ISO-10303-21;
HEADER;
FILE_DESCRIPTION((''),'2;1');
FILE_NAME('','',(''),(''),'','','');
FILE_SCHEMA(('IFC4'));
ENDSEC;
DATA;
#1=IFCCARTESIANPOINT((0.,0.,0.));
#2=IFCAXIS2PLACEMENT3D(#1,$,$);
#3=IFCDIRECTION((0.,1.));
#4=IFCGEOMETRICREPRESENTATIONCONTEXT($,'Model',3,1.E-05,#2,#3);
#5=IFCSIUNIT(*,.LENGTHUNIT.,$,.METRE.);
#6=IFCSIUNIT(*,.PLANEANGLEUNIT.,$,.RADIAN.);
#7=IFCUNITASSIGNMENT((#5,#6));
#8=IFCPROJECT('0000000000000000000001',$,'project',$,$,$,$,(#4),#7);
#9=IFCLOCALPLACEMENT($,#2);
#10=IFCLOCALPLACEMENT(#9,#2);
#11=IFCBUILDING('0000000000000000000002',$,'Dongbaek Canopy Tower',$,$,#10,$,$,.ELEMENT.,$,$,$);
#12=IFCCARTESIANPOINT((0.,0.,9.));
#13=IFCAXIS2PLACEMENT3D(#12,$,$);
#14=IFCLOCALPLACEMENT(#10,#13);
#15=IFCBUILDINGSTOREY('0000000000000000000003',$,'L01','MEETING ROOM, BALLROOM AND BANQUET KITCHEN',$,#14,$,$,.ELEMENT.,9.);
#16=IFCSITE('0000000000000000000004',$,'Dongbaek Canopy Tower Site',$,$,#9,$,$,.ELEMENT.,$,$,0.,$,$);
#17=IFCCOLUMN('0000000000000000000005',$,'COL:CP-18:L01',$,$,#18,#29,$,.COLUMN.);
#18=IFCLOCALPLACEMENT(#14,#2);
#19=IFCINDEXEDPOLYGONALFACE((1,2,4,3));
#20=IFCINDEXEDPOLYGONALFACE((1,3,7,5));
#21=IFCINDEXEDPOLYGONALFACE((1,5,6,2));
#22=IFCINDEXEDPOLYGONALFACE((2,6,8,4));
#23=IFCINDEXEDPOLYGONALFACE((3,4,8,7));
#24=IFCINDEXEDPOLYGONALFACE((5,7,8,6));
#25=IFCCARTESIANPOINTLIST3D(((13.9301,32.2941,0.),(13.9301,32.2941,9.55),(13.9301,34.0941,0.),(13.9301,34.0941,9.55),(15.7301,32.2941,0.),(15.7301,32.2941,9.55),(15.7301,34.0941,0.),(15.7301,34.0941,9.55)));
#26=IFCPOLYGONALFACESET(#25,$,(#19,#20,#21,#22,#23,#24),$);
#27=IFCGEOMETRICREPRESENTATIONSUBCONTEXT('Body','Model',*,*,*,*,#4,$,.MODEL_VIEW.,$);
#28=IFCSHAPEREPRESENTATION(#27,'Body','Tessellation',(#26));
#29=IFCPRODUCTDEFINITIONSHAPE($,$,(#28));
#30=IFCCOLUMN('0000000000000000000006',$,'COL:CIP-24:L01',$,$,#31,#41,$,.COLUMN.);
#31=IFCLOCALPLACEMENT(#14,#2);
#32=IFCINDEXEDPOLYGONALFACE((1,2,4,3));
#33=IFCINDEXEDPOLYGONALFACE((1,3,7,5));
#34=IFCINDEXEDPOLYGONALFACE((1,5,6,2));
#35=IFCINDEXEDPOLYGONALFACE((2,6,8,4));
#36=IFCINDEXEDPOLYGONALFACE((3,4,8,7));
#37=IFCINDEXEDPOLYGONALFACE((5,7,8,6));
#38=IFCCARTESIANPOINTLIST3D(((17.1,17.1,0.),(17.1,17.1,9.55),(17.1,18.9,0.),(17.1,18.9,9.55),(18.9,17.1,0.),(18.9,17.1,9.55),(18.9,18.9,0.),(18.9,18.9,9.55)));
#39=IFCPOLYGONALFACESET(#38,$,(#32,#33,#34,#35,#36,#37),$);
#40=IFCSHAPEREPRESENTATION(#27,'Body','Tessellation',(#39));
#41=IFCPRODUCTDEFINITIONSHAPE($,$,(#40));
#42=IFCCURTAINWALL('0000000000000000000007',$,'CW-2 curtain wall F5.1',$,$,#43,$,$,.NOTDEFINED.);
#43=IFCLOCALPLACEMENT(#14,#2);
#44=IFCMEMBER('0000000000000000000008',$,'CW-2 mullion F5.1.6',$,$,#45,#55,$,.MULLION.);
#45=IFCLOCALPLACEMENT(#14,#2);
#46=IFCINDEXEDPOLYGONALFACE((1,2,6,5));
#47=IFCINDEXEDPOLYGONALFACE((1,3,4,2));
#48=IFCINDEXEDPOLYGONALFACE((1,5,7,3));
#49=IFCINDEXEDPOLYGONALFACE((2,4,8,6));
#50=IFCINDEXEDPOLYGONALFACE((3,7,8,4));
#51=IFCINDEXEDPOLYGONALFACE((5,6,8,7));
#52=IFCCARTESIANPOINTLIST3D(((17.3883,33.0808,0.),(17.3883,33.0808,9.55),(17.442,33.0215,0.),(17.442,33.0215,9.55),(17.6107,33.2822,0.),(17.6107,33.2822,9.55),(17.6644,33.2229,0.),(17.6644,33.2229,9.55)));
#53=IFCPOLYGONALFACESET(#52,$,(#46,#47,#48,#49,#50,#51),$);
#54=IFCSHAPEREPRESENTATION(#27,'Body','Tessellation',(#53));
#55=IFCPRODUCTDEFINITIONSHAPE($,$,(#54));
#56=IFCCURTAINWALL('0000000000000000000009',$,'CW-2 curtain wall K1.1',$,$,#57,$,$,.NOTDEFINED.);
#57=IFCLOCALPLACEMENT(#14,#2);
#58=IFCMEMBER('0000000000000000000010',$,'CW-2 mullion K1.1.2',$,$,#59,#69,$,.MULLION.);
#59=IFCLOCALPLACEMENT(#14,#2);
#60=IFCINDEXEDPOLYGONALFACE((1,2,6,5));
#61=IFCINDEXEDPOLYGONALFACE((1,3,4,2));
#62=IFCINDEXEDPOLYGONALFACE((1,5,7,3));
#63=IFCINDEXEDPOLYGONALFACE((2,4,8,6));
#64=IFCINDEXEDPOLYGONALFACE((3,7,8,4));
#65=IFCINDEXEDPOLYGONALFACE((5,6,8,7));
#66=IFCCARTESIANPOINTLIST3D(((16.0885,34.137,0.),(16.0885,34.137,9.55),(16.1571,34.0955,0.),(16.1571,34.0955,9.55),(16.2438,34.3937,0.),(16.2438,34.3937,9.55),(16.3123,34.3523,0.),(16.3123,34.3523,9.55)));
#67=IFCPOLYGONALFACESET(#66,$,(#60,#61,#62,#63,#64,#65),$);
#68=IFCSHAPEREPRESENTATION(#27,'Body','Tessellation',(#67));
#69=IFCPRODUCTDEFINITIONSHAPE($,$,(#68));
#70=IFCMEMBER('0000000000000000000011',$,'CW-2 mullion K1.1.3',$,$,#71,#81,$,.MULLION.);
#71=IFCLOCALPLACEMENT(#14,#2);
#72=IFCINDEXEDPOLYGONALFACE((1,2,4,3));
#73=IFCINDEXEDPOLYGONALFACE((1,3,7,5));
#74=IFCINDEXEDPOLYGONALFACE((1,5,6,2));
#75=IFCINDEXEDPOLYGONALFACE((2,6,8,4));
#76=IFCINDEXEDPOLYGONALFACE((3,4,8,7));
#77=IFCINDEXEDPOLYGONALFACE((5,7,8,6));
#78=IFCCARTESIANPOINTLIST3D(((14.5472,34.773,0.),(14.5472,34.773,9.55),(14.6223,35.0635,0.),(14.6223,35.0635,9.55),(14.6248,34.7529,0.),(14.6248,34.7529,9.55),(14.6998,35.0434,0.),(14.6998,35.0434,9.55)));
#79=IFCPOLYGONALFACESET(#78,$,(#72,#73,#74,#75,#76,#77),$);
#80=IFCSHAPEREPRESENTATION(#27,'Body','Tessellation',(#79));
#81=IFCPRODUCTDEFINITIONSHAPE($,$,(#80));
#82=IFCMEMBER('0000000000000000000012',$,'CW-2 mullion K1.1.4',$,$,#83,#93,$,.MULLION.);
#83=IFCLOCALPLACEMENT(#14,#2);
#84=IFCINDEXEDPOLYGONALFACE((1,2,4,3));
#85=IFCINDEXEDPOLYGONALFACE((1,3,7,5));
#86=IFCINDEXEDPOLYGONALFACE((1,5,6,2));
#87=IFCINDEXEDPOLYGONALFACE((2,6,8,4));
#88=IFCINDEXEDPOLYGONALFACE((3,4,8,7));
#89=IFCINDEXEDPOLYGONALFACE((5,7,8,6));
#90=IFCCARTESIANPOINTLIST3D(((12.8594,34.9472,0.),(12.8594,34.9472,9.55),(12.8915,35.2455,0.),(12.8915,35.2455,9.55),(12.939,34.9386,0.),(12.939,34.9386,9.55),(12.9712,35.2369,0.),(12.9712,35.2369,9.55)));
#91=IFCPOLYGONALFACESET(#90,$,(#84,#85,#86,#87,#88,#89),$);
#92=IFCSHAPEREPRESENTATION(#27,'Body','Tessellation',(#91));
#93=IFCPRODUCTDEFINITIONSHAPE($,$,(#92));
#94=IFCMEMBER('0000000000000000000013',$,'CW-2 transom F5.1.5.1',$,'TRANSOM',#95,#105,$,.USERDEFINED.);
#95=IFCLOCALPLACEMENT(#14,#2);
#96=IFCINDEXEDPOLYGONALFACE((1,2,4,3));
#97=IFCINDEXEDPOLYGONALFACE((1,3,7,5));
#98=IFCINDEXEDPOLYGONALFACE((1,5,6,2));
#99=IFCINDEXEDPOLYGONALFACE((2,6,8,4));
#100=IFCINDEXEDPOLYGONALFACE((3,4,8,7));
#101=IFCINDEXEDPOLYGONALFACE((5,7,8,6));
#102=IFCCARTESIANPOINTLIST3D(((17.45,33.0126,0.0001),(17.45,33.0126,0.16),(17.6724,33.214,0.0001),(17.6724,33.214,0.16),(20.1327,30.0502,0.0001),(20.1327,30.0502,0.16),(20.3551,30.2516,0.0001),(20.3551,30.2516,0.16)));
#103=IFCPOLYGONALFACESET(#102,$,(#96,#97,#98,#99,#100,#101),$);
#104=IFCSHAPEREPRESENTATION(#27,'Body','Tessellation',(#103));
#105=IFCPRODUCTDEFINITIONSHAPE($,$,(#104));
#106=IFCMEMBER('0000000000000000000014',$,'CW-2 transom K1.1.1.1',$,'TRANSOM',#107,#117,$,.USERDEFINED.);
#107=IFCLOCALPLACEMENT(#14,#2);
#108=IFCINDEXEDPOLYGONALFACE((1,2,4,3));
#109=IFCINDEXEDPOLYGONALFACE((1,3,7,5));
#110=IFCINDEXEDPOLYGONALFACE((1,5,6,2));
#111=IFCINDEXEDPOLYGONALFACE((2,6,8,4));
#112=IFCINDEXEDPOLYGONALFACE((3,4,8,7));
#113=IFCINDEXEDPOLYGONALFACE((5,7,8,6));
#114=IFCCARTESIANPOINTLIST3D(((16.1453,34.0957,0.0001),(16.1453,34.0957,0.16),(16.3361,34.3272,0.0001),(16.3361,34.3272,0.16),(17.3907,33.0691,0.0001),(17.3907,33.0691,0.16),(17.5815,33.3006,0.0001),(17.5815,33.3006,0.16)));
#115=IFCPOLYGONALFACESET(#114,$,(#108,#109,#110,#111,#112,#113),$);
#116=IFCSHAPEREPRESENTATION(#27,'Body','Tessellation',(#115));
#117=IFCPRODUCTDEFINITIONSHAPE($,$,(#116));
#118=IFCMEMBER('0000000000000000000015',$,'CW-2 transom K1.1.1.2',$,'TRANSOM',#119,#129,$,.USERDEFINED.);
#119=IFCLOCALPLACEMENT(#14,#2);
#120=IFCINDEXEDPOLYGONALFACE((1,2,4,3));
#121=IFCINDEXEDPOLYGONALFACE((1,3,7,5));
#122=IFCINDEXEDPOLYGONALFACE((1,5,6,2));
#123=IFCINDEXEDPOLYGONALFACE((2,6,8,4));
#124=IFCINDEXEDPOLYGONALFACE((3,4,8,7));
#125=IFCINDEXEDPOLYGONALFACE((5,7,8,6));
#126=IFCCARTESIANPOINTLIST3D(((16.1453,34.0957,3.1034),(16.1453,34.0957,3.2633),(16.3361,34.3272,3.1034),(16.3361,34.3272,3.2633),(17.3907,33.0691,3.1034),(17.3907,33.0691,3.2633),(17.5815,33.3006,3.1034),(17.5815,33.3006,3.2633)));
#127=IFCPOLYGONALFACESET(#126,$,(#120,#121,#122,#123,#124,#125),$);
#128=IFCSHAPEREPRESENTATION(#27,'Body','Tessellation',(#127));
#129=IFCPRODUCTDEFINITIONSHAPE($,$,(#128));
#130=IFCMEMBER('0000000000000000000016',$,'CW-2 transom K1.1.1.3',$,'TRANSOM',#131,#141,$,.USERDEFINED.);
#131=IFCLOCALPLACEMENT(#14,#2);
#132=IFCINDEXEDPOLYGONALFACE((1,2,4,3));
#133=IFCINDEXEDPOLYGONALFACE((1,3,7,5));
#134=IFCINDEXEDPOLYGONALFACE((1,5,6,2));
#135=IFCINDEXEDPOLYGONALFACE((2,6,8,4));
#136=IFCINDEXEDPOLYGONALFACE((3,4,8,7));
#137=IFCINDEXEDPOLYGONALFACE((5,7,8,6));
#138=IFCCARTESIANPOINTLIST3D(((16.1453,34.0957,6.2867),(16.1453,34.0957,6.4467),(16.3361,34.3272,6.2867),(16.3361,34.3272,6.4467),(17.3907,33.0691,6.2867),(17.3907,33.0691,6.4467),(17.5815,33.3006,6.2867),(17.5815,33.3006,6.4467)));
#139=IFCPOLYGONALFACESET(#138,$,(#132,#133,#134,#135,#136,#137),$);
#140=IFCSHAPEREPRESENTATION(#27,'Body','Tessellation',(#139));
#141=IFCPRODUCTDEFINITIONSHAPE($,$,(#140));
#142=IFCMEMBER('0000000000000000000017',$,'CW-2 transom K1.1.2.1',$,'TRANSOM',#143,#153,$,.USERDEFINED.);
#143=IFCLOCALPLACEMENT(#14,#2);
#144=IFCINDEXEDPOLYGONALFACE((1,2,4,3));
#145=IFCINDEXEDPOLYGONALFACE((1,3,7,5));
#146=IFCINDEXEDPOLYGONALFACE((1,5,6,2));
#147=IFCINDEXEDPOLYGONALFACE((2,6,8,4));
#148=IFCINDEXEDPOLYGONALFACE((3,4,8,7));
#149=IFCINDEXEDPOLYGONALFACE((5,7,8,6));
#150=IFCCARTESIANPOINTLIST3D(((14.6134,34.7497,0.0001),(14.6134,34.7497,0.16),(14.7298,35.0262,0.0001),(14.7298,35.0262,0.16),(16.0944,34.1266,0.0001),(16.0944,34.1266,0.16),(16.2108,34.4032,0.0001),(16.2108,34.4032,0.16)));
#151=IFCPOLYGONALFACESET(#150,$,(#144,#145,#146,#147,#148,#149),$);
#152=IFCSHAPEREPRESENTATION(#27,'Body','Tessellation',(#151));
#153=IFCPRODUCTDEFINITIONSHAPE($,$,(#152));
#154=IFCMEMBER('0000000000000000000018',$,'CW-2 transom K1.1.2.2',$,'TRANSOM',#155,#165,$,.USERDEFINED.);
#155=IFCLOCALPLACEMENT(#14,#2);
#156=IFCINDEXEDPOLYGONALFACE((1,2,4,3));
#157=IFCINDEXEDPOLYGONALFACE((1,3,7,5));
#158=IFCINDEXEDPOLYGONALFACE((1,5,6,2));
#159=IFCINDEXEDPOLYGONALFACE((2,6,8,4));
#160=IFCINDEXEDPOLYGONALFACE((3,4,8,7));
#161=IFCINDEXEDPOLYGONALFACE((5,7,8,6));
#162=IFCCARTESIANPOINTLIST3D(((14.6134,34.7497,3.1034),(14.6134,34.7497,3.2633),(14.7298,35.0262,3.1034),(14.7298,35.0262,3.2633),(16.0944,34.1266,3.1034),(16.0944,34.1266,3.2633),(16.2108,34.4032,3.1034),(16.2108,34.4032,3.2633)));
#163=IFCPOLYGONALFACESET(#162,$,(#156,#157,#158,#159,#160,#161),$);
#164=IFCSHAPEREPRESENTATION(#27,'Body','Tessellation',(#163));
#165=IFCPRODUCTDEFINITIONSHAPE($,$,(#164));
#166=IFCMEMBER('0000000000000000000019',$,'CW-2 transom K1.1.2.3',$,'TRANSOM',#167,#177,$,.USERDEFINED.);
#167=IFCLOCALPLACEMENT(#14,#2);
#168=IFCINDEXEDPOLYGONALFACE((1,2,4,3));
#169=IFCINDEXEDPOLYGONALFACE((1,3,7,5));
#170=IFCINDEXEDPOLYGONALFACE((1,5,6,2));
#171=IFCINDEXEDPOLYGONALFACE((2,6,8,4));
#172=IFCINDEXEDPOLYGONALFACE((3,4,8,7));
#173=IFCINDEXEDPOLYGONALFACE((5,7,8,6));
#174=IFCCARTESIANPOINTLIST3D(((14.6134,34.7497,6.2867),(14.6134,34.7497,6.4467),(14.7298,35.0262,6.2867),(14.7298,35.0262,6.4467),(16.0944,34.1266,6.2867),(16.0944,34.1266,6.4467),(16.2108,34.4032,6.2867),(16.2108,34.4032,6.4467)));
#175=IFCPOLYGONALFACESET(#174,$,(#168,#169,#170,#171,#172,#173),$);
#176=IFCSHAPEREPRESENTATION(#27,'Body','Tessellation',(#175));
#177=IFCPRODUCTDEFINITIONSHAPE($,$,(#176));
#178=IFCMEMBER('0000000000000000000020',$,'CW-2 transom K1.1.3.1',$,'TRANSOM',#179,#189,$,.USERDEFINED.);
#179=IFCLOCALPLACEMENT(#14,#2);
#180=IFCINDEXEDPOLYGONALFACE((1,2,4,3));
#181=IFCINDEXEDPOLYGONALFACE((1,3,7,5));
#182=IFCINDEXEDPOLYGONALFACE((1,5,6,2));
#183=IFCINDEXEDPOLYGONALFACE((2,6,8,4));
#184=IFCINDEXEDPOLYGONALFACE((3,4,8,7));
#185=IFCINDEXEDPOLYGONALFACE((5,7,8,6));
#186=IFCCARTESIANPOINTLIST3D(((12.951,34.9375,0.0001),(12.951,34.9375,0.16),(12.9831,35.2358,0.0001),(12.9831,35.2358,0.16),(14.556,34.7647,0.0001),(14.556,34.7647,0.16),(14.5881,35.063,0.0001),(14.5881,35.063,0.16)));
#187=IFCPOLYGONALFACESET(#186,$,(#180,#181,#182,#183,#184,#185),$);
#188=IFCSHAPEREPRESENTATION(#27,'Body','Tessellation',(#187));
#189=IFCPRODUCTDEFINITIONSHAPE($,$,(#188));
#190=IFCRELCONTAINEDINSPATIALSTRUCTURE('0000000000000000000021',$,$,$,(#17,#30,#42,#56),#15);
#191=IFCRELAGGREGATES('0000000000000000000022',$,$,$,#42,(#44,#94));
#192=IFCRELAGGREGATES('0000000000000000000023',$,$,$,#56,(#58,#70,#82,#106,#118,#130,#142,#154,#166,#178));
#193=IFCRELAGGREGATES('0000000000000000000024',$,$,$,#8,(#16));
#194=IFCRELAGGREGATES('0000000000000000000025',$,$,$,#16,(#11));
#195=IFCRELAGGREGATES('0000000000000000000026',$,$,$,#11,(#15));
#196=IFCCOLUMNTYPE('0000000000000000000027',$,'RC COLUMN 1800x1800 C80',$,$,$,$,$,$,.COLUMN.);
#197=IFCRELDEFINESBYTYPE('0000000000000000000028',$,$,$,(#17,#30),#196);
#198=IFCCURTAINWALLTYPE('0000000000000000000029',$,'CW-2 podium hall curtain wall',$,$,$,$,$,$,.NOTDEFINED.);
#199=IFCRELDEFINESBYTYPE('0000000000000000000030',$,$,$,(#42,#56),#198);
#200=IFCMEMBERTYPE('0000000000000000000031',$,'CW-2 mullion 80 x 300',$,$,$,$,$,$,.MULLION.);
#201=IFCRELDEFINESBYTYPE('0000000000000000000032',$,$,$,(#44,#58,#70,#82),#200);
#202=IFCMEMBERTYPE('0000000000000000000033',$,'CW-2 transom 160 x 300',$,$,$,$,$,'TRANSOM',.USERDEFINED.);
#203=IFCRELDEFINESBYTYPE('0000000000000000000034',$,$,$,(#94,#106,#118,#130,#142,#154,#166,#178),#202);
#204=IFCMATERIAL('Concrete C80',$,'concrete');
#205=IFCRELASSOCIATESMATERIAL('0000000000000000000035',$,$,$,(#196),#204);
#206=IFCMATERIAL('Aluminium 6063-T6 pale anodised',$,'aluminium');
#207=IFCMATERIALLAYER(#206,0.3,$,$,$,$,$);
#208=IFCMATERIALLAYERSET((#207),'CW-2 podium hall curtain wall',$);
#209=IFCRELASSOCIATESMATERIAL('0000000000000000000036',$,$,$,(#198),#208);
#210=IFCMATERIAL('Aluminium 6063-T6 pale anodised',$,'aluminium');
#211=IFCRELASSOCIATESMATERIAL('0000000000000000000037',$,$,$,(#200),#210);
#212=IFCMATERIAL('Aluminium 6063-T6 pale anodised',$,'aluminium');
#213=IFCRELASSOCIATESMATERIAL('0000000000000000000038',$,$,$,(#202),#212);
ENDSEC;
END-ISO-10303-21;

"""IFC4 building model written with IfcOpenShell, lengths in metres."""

from ifc_helpers import new_model, si_unit, direction, frame, origin, origin_2d, place, context, subcontext, project, spatial, rectangle, extrude, material, layer, layer_set, material_profile, profile_set, type_object, element, aggregate, save


model = new_model("IFC4")

# Units and contexts
model_context = context("Model", 3, precision=1e-05, world=origin(), true_north=direction((0.0, 1.0)))
body_context = subcontext(model_context, "Body", "Model", "MODEL_VIEW")
ifc_project = project(units=[si_unit("LENGTHUNIT", "METRE"), si_unit("PLANEANGLEUNIT", "RADIAN")], contexts=[model_context])

# Site, building, storey
site_placement = place(None, origin())
site = spatial("IfcSite", under=ifc_project, at=site_placement, Name="Dongbaek Canopy Tower Site", CompositionType="ELEMENT", RefElevation=0.0)
building_placement = place(site_placement, origin())
building = spatial("IfcBuilding", under=site, at=building_placement, Name="Dongbaek Canopy Tower", CompositionType="ELEMENT")
storey_placement = place(building_placement, frame((0.0, 0.0, 9.0)))
storey = spatial("IfcBuildingStorey", under=building, at=storey_placement, Name="L01", Description="MEETING ROOM, BALLROOM AND BANQUET KITCHEN", CompositionType="ELEMENT", Elevation=9.0)

# Columns
ifc_material_1 = material(Name="Concrete C80", Category="concrete")
ifc_material_profile_1 = material_profile(ifc_material_1, rectangle(XDim=1.8, YDim=1.8, at=origin_2d()), Name="RC COLUMN 1800x1800 C80")
ifc_profile_set_1 = profile_set([ifc_material_profile_1], Name="Concrete C80")
column_type = type_object("IfcColumnType", Name="RC COLUMN 1800x1800 C80", PredefinedType="COLUMN", material=ifc_profile_set_1)
for number, where, z_axis, x_axis, name in (
    (1, (14.8301, 33.1941, 0.0), (0.0, 0.0, 1.0), (1.0, 0.0, 0.0), "COL:CP-18:L01"),
    (2, (18.0, 18.0, 0.0), (0.0, 0.0, 1.0), (1.0, 0.0, 0.0), "COL:CIP-24:L01"),
):
    element("IfcColumn", number, at=place(storey_placement, frame(where, z_axis=z_axis, x_axis=x_axis)), inside=storey, type_object=column_type, Name=name, PredefinedType="COLUMN", context=body_context, shape_type="SweptSolid", body=[
        extrude(rectangle(XDim=1.8, YDim=1.8, at=origin_2d()), origin(), (0.0, 0.0, 1.0), 9.55),
    ])

# Curtain wall, member
ifc_material_2 = material(Name="Aluminium 6063-T6 pale anodised", Category="aluminium")
ifc_layer_1 = layer(ifc_material_2, 0.3)
ifc_layer_set_1 = layer_set([ifc_layer_1], Name="CW-2 podium hall curtain wall")
curtain_wall_type = type_object("IfcCurtainWallType", Name="CW-2 podium hall curtain wall", PredefinedType="NOTDEFINED", material=ifc_layer_set_1)
curtain_wall_1_placement = place(storey_placement, origin())
curtain_wall_1 = element("IfcCurtainWall", 3, at=curtain_wall_1_placement, inside=storey, type_object=curtain_wall_type, Name="CW-2 curtain wall F5.1", PredefinedType="NOTDEFINED")
ifc_material_3 = material(Name="Aluminium 6063-T6 pale anodised", Category="aluminium")
ifc_material_profile_2 = material_profile(ifc_material_3, rectangle(XDim=0.3, YDim=0.0801, at=origin_2d()), Name="CW-2 mullion 80 x 300")
ifc_profile_set_2 = profile_set([ifc_material_profile_2], Name="Aluminium 6063-T6 pale anodised")
member_type_1 = type_object("IfcMemberType", Name="CW-2 mullion 80 x 300", PredefinedType="MULLION", material=ifc_profile_set_2)
member_1_placement = place(storey_placement, frame((17.5264, 33.1519, 0.0), z_axis=(0.0, 0.0, 1.0), x_axis=(0.741222, 0.67126, 0.0)))
member_1 = element("IfcMember", 4, at=member_1_placement, type_object=member_type_1, Name="CW-2 mullion F5.1.6", PredefinedType="MULLION", context=body_context, shape_type="SweptSolid", body=[
    extrude(rectangle(XDim=0.3, YDim=0.0801, at=origin_2d()), origin(), (0.0, 0.0, 1.0), 9.55),
])

# Curtain wall, members
curtain_wall_2_placement = place(storey_placement, origin())
curtain_wall_2 = element("IfcCurtainWall", 5, at=curtain_wall_2_placement, inside=storey, type_object=curtain_wall_type, Name="CW-2 curtain wall K1.1", PredefinedType="NOTDEFINED")
member_2_placement = place(storey_placement, frame((16.2004, 34.2446, 0.0), z_axis=(0.0, 0.0, 1.0), x_axis=(0.517431, 0.855725, 0.0)))
member_2 = element("IfcMember", 6, at=member_2_placement, type_object=member_type_1, Name="CW-2 mullion K1.1.2", PredefinedType="MULLION", context=body_context, shape_type="SweptSolid", body=[
    extrude(rectangle(XDim=0.3, YDim=0.0801, at=origin_2d()), origin(), (0.0, 0.0, 1.0), 9.55),
])
member_3_placement = place(storey_placement, frame((14.6235, 34.9082, 0.0), z_axis=(0.0, 0.0, 1.0), x_axis=(0.250118, 0.968215, 0.0)))
member_3 = element("IfcMember", 7, at=member_3_placement, type_object=member_type_1, Name="CW-2 mullion K1.1.3", PredefinedType="MULLION", context=body_context, shape_type="SweptSolid", body=[
    extrude(rectangle(XDim=0.3, YDim=0.0801, at=origin_2d()), origin(), (0.0, 0.0, 1.0), 9.55),
])
member_4_placement = place(storey_placement, frame((12.9153, 35.092, 0.0), z_axis=(0.0, 0.0, 1.0), x_axis=(0.107075, 0.994251, 0.0)))
member_4 = element("IfcMember", 8, at=member_4_placement, type_object=member_type_1, Name="CW-2 mullion K1.1.4", PredefinedType="MULLION", context=body_context, shape_type="SweptSolid", body=[
    extrude(rectangle(XDim=0.3, YDim=0.0801, at=origin_2d()), origin(), (0.0, 0.0, 1.0), 9.55),
])

# Members
ifc_material_4 = material(Name="Aluminium 6063-T6 pale anodised", Category="aluminium")
ifc_material_profile_3 = material_profile(ifc_material_4, rectangle(XDim=0.3, YDim=0.1599, at=origin_2d()), Name="CW-2 transom 160 x 300")
ifc_profile_set_3 = profile_set([ifc_material_profile_3], Name="Aluminium 6063-T6 pale anodised")
member_type_2 = type_object("IfcMemberType", Name="CW-2 transom 160 x 300", ElementType="TRANSOM", PredefinedType="USERDEFINED", material=ifc_profile_set_3)
member_5_placement = place(storey_placement, frame((20.2439, 30.1509, 0.0801), z_axis=(-0.671236, 0.741243, 0.0), x_axis=(-0.741243, -0.671236, 0.0)))
member_5 = element("IfcMember", 9, at=member_5_placement, type_object=member_type_2, Name="CW-2 transom F5.1.5.1", ObjectType="TRANSOM", PredefinedType="USERDEFINED", context=body_context, shape_type="SweptSolid", body=[
    extrude(rectangle(XDim=0.3, YDim=0.1599, at=origin_2d()), origin(), (0.0, 0.0, 1.0), 3.9966),
])
member_6_placement = place(storey_placement, frame((17.4861, 33.1848, 0.0801), z_axis=(-0.77162, 0.636084, 0.0), x_axis=(-0.636084, -0.77162, 0.0)))
member_6 = element("IfcMember", 10, at=member_6_placement, type_object=member_type_2, Name="CW-2 transom K1.1.1.1", ObjectType="TRANSOM", PredefinedType="USERDEFINED", context=body_context, shape_type="SweptSolid", body=[
    extrude(rectangle(XDim=0.3, YDim=0.1599, at=origin_2d()), origin(), (0.0, 0.0, 1.0), 1.614),
])
member_7_placement = place(storey_placement, frame((17.4861, 33.1848, 3.1833), z_axis=(-0.77162, 0.636084, 0.0), x_axis=(-0.636084, -0.77162, 0.0)))
member_7 = element("IfcMember", 11, at=member_7_placement, type_object=member_type_2, Name="CW-2 transom K1.1.1.2", ObjectType="TRANSOM", PredefinedType="USERDEFINED", context=body_context, shape_type="SweptSolid", body=[
    extrude(rectangle(XDim=0.3, YDim=0.1599, at=origin_2d()), origin(), (0.0, 0.0, 1.0), 1.614),
])
member_8_placement = place(storey_placement, frame((17.4861, 33.1848, 6.3667), z_axis=(-0.77162, 0.636084, 0.0), x_axis=(-0.636084, -0.77162, 0.0)))
member_8 = element("IfcMember", 12, at=member_8_placement, type_object=member_type_2, Name="CW-2 transom K1.1.1.3", ObjectType="TRANSOM", PredefinedType="USERDEFINED", context=body_context, shape_type="SweptSolid", body=[
    extrude(rectangle(XDim=0.3, YDim=0.1599, at=origin_2d()), origin(), (0.0, 0.0, 1.0), 1.614),
])
member_9_placement = place(storey_placement, frame((16.1526, 34.2649, 0.0801), z_axis=(-0.92175, 0.387785, 0.0), x_axis=(-0.387785, -0.92175, 0.0)))
member_9 = element("IfcMember", 13, at=member_9_placement, type_object=member_type_2, Name="CW-2 transom K1.1.2.1", ObjectType="TRANSOM", PredefinedType="USERDEFINED", context=body_context, shape_type="SweptSolid", body=[
    extrude(rectangle(XDim=0.3, YDim=0.1599, at=origin_2d()), origin(), (0.0, 0.0, 1.0), 1.6067),
])
member_10_placement = place(storey_placement, frame((16.1526, 34.2649, 3.1833), z_axis=(-0.92175, 0.387785, 0.0), x_axis=(-0.387785, -0.92175, 0.0)))
member_10 = element("IfcMember", 14, at=member_10_placement, type_object=member_type_2, Name="CW-2 transom K1.1.2.2", ObjectType="TRANSOM", PredefinedType="USERDEFINED", context=body_context, shape_type="SweptSolid", body=[
    extrude(rectangle(XDim=0.3, YDim=0.1599, at=origin_2d()), origin(), (0.0, 0.0, 1.0), 1.6067),
])
member_11_placement = place(storey_placement, frame((16.1526, 34.2649, 6.3667), z_axis=(-0.92175, 0.387785, 0.0), x_axis=(-0.387785, -0.92175, 0.0)))
member_11 = element("IfcMember", 15, at=member_11_placement, type_object=member_type_2, Name="CW-2 transom K1.1.2.3", ObjectType="TRANSOM", PredefinedType="USERDEFINED", context=body_context, shape_type="SweptSolid", body=[
    extrude(rectangle(XDim=0.3, YDim=0.1599, at=origin_2d()), origin(), (0.0, 0.0, 1.0), 1.6067),
])
member_12_placement = place(storey_placement, frame((14.572, 34.9138, 0.0801), z_axis=(-0.994251, 0.107078, 0.0), x_axis=(-0.107078, -0.994251, 0.0)))
member_12 = element("IfcMember", 16, at=member_12_placement, type_object=member_type_2, Name="CW-2 transom K1.1.3.1", ObjectType="TRANSOM", PredefinedType="USERDEFINED", context=body_context, shape_type="SweptSolid", body=[
    extrude(rectangle(XDim=0.3, YDim=0.1599, at=origin_2d()), origin(), (0.0, 0.0, 1.0), 1.6143),
])

aggregate(curtain_wall_1, [member_1, member_5])
aggregate(curtain_wall_2, [member_2, member_3, member_4, member_6, member_7, member_8, member_9, member_10, member_11, member_12])

save(model, "model.ifc")
